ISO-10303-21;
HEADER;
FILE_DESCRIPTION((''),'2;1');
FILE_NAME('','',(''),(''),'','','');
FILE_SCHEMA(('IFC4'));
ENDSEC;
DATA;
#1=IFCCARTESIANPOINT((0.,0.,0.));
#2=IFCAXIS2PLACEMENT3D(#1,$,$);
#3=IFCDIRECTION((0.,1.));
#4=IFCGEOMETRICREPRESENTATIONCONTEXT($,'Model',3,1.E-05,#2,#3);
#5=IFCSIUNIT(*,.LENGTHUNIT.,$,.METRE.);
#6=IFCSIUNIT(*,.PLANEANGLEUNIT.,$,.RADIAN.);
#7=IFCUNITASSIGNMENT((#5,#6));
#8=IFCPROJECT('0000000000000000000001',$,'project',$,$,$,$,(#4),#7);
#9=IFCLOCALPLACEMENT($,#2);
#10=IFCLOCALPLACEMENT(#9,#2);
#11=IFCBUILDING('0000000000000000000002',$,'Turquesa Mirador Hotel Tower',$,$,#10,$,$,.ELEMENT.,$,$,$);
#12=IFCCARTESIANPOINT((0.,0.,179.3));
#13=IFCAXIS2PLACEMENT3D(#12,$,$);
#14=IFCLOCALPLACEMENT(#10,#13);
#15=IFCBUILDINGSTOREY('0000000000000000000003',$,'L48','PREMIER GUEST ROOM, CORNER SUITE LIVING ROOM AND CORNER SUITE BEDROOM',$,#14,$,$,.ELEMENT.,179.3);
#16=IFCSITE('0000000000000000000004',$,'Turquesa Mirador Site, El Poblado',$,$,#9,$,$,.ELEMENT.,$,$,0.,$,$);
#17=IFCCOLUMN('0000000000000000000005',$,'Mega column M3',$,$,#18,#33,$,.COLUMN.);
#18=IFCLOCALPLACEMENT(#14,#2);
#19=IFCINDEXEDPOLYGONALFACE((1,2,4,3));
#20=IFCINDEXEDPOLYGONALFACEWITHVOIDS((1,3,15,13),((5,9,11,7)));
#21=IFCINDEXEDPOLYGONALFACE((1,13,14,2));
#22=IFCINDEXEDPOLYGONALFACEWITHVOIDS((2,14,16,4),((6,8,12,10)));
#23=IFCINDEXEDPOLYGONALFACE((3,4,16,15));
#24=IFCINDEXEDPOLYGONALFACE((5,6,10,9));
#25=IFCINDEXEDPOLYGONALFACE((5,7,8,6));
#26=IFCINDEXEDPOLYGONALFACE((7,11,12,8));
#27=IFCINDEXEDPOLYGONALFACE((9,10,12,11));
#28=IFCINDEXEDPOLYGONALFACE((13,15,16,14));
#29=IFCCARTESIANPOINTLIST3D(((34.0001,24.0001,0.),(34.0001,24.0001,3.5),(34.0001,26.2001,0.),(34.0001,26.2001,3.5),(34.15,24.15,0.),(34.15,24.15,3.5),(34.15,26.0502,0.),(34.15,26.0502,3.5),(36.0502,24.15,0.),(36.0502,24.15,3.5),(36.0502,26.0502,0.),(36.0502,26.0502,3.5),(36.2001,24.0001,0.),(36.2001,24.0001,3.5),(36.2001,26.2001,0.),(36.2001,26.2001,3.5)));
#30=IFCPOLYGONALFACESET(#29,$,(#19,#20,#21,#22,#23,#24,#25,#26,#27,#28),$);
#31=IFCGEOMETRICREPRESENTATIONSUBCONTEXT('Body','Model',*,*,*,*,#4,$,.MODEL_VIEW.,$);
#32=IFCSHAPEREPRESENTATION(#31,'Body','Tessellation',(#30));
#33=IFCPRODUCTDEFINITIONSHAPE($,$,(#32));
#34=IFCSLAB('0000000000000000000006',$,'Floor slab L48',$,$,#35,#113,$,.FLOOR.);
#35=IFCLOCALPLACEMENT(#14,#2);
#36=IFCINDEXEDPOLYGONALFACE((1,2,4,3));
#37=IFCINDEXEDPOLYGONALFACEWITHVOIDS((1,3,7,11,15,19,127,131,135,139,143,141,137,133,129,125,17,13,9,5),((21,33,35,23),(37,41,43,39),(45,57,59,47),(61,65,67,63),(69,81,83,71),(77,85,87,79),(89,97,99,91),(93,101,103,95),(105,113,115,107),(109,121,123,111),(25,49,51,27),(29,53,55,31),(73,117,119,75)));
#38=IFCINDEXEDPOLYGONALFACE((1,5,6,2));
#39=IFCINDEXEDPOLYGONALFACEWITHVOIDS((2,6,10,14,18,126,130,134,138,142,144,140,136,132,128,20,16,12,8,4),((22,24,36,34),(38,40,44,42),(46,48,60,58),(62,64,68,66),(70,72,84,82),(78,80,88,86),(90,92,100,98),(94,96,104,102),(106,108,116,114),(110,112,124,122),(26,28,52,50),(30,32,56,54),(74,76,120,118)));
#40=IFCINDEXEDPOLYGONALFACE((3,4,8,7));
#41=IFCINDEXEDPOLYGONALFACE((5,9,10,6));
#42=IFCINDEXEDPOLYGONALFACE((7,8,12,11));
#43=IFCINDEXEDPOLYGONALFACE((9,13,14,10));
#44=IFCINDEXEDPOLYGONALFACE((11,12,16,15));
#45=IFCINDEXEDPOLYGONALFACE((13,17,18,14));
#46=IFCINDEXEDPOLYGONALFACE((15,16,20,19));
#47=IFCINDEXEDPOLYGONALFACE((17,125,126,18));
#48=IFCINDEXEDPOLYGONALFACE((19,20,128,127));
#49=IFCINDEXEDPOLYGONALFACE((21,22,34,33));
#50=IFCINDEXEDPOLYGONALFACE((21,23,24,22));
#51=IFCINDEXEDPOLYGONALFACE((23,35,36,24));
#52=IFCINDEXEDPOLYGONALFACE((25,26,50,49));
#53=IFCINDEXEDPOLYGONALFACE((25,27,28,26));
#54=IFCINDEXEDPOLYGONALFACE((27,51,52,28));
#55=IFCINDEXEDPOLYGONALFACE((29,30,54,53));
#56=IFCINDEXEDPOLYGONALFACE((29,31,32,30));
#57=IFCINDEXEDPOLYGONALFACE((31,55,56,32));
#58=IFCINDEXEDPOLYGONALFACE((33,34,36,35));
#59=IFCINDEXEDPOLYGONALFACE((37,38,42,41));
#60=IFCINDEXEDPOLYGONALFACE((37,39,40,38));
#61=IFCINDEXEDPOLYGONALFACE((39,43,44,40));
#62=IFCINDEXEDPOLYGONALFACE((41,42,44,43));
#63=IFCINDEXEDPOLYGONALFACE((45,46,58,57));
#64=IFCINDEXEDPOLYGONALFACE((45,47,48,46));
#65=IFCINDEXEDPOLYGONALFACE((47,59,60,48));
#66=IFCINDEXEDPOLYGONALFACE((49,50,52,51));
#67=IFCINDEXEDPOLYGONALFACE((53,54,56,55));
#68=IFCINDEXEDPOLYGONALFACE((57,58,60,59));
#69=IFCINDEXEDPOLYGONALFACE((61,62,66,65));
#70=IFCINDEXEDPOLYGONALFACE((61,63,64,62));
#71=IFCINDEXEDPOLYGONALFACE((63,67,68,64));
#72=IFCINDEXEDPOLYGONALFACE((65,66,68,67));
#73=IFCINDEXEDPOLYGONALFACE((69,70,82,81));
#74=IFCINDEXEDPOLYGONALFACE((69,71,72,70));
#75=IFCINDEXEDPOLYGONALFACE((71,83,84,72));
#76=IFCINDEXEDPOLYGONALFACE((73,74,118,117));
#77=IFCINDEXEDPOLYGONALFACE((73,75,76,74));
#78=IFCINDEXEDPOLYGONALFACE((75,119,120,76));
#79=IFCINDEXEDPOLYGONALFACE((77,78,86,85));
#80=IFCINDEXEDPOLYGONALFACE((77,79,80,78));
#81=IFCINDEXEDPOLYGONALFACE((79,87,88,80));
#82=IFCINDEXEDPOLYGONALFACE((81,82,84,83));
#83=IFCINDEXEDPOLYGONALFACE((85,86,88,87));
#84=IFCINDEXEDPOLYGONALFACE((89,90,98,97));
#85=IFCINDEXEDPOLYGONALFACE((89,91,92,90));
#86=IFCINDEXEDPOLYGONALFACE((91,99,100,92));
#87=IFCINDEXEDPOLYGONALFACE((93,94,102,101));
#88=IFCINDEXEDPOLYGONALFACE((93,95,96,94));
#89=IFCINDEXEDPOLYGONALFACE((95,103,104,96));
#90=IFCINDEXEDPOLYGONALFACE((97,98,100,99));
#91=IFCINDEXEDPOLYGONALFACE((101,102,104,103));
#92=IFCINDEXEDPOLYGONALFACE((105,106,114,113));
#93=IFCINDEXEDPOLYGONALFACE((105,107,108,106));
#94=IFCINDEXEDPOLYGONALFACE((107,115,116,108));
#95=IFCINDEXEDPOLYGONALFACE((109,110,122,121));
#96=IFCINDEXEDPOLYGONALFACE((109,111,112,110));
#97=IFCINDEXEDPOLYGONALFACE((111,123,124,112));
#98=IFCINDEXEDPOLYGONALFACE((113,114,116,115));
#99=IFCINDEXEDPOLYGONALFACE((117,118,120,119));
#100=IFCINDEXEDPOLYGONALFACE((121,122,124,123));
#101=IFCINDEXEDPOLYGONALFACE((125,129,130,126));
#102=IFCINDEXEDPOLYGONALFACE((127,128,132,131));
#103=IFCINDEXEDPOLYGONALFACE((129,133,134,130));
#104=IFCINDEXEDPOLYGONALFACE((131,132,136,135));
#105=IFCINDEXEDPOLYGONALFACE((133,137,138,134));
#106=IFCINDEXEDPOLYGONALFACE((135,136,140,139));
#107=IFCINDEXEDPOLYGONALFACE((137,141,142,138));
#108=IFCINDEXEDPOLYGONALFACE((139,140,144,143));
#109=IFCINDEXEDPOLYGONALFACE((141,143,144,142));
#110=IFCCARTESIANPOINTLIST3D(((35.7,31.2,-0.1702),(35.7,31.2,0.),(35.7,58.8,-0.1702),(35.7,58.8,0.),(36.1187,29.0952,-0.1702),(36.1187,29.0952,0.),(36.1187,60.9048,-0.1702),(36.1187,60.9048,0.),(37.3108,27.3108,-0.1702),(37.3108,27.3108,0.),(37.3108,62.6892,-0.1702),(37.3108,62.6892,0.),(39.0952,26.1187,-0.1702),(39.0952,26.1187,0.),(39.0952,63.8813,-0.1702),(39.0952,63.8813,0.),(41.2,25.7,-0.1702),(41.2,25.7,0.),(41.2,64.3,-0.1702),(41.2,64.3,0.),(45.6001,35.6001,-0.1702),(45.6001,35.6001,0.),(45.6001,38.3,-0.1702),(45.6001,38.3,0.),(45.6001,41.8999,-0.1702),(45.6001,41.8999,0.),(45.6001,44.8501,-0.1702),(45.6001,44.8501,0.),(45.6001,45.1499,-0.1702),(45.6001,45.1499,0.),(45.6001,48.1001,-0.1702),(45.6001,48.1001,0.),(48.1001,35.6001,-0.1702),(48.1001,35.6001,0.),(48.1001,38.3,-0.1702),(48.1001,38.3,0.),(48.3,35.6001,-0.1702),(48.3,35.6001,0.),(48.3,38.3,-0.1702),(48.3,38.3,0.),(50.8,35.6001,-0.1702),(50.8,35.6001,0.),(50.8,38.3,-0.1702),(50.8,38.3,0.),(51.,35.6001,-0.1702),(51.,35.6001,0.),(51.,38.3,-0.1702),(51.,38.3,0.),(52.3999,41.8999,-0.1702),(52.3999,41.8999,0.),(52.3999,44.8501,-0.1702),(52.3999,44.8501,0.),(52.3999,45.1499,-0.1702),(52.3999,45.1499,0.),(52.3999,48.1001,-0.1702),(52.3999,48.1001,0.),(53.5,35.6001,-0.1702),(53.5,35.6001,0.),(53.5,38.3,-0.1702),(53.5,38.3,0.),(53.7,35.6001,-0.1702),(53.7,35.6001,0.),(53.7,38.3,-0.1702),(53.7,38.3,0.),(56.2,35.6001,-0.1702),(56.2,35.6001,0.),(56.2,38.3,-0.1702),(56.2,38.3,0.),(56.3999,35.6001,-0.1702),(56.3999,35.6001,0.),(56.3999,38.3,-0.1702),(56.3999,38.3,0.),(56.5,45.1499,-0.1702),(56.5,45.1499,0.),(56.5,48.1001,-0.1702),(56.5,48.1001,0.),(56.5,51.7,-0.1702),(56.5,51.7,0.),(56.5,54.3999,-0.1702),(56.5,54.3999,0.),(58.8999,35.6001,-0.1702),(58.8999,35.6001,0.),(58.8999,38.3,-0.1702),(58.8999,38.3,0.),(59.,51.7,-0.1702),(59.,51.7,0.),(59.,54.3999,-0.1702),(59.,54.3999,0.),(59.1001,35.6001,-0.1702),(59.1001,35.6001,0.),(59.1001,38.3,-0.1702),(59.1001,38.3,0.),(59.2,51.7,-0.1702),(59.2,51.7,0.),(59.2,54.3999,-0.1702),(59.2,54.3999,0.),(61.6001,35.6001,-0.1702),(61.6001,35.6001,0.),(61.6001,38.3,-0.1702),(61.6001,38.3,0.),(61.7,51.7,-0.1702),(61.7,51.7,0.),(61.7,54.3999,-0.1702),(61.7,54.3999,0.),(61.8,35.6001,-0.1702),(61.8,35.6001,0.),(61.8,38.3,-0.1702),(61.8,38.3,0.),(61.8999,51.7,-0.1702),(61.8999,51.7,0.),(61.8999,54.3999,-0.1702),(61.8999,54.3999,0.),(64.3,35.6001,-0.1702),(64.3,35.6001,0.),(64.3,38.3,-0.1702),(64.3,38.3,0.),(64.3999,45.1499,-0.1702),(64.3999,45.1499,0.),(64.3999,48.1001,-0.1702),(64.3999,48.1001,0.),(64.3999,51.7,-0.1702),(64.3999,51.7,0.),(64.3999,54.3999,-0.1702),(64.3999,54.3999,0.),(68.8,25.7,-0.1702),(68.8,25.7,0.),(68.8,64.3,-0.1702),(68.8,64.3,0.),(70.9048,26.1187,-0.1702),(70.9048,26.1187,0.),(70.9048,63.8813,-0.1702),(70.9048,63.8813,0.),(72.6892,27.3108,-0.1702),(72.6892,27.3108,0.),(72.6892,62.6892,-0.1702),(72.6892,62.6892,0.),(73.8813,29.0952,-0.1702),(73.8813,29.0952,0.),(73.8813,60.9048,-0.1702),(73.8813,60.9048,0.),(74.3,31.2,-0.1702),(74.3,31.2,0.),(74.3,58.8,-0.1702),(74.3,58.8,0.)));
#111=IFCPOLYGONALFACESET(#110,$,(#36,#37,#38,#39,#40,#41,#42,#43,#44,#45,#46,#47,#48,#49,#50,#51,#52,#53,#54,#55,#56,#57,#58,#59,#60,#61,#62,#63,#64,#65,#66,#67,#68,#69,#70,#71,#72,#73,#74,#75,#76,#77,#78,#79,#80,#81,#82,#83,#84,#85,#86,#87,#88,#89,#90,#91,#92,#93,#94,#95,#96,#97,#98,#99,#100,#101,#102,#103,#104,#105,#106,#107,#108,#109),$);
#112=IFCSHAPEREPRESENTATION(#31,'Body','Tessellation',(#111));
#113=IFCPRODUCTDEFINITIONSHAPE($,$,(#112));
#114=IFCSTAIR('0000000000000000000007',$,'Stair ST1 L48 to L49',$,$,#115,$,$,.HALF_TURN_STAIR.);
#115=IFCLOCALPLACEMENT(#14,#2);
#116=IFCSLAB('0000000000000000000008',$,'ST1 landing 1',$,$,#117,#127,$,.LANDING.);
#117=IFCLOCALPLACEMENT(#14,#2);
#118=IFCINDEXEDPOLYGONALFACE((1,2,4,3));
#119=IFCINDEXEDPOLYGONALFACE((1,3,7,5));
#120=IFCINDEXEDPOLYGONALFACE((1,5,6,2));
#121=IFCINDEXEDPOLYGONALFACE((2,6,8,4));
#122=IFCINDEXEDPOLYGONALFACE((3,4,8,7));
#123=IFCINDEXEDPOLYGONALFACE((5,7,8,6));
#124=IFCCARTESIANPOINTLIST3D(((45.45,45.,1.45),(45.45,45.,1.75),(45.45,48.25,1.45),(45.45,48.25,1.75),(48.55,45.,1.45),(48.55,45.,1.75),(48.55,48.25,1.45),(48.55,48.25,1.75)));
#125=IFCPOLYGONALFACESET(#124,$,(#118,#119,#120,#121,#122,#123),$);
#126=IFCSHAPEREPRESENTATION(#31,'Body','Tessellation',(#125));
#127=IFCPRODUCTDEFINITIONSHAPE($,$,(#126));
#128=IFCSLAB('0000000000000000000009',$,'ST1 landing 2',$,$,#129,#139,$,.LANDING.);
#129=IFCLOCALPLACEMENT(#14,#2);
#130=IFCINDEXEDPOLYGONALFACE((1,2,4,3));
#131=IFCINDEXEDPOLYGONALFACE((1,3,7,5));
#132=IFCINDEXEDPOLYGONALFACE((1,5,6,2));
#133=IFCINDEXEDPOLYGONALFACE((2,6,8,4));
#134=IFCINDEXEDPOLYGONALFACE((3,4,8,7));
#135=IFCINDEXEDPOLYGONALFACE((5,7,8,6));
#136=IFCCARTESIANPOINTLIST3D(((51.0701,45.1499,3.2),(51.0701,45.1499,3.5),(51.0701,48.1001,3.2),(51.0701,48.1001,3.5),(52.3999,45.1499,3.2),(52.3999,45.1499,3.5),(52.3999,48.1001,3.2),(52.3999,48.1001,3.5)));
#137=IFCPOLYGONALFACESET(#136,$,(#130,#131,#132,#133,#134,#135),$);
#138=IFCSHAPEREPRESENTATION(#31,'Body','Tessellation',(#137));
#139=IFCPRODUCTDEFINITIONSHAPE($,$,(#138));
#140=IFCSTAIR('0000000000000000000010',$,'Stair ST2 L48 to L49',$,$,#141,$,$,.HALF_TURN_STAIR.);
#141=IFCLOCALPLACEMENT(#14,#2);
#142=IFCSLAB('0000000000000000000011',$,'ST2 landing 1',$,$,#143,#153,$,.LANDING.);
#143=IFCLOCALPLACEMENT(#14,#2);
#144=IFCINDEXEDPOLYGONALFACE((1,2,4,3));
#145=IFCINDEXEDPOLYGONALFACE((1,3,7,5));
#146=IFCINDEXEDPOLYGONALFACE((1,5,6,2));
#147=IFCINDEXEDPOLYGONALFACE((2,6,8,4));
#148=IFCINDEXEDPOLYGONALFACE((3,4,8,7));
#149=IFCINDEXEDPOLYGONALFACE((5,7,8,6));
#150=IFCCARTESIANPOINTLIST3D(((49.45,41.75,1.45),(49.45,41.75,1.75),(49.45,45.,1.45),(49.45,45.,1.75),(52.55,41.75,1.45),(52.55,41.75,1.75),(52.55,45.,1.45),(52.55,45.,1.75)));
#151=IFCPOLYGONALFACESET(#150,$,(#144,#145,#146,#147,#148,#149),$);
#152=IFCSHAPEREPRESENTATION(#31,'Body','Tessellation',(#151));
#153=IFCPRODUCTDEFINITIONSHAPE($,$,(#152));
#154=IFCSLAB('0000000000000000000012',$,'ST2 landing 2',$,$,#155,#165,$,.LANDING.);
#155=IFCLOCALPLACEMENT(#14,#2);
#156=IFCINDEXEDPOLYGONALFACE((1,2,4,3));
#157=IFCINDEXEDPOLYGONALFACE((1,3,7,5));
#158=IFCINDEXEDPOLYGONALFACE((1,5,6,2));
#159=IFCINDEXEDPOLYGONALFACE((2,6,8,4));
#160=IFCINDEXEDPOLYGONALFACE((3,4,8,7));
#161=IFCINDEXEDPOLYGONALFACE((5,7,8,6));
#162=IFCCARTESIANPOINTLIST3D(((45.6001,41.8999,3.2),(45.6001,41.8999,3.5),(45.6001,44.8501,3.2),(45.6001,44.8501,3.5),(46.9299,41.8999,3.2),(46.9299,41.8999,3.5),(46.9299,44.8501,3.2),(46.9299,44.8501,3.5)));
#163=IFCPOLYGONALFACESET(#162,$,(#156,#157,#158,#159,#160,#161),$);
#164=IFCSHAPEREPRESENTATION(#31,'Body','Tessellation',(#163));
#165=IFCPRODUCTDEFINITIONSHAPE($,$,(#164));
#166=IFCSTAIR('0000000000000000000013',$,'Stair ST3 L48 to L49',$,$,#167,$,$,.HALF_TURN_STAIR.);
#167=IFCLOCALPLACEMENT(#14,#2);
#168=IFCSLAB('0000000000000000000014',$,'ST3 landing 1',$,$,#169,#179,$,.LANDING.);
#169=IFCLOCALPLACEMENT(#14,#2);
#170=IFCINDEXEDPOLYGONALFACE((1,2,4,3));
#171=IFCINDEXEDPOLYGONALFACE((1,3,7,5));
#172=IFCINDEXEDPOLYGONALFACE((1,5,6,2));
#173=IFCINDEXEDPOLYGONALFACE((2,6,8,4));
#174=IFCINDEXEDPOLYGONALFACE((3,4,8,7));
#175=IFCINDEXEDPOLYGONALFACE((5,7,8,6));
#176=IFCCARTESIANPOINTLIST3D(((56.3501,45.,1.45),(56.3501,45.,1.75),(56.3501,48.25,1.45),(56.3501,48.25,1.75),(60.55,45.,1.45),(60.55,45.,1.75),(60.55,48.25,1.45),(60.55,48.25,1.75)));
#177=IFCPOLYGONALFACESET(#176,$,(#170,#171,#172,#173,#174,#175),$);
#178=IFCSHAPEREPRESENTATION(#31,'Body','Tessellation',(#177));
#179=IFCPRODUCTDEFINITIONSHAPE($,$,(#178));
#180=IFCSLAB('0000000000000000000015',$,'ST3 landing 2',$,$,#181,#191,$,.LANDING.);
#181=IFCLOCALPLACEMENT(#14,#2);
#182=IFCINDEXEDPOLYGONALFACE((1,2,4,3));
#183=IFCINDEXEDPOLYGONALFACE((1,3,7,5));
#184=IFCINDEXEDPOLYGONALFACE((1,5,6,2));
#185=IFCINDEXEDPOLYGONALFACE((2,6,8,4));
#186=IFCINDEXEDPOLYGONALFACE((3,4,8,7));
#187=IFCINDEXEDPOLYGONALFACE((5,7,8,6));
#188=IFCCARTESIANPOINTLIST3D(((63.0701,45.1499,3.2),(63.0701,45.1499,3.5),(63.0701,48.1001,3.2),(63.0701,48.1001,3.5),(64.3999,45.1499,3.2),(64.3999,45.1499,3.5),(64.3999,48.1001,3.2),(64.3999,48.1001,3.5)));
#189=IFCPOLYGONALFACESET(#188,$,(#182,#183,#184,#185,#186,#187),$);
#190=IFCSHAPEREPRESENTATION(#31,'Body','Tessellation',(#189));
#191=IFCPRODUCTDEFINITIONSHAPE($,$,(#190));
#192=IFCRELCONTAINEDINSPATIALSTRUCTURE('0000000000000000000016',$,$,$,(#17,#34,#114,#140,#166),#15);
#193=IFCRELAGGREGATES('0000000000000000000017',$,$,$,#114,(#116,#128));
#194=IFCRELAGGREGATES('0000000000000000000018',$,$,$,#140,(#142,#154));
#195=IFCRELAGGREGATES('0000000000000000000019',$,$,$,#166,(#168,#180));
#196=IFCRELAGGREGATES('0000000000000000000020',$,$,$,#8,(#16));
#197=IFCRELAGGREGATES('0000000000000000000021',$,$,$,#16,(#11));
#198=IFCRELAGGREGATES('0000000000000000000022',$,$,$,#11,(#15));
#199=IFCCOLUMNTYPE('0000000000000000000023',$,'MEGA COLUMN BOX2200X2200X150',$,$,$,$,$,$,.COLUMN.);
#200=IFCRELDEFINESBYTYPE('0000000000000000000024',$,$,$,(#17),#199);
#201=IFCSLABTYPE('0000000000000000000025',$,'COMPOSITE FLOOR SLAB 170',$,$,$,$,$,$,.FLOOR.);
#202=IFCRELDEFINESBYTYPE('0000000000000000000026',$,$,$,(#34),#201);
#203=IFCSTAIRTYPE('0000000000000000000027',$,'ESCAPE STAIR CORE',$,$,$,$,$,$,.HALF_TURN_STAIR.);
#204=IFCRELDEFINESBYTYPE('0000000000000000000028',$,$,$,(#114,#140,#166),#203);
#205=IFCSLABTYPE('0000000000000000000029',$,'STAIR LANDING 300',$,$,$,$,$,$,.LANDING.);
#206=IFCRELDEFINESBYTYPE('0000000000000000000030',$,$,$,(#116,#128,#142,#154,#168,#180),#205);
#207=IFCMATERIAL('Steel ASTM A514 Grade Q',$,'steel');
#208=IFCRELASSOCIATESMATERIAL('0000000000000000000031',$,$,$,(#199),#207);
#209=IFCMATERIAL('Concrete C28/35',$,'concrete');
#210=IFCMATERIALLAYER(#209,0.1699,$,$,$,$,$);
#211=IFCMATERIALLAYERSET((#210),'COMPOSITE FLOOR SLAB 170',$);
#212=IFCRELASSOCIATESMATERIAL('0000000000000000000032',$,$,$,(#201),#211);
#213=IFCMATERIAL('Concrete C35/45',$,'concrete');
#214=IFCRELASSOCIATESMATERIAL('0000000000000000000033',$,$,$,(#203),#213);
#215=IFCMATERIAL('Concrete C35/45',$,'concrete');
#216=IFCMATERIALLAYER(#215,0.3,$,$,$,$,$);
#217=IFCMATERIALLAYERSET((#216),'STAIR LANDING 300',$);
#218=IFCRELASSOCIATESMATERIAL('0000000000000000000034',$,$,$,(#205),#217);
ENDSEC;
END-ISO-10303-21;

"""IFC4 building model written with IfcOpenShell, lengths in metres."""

from ifc_helpers import new_model, si_unit, direction, frame, origin, origin_2d, place, context, subcontext, project, spatial, polyline, hollow_rectangle, outline, extrude, material, layer, layer_set, material_profile, profile_set, type_object, element, aggregate, save


model = new_model("IFC4")

# Units and contexts
model_context = context("Model", 3, precision=1e-05, world=origin(), true_north=direction((0.0, 1.0)))
body_context = subcontext(model_context, "Body", "Model", "MODEL_VIEW")
ifc_project = project(units=[si_unit("LENGTHUNIT", "METRE"), si_unit("PLANEANGLEUNIT", "RADIAN")], contexts=[model_context])

# Site, building, storey
site_placement = place(None, origin())
site = spatial("IfcSite", under=ifc_project, at=site_placement, Name="Turquesa Mirador Site, El Poblado", CompositionType="ELEMENT", RefElevation=0.0)
building_placement = place(site_placement, origin())
building = spatial("IfcBuilding", under=site, at=building_placement, Name="Turquesa Mirador Hotel Tower", CompositionType="ELEMENT")
storey_placement = place(building_placement, frame((0.0, 0.0, 179.3)))
storey = spatial("IfcBuildingStorey", under=building, at=storey_placement, Name="L48", Description="PREMIER GUEST ROOM, CORNER SUITE LIVING ROOM AND CORNER SUITE BEDROOM", CompositionType="ELEMENT", Elevation=179.3)

# Column
ifc_material_1 = material(Name="Steel ASTM A514 Grade Q", Category="steel")
ifc_material_profile = material_profile(ifc_material_1, hollow_rectangle(XDim=2.2, YDim=2.2, WallThickness=0.1499, at=origin_2d()), Name="BOX2200X2200X150")
ifc_profile_set = profile_set([ifc_material_profile], Name="Steel ASTM A514 Grade Q")
column_type = type_object("IfcColumnType", Name="MEGA COLUMN BOX2200X2200X150", PredefinedType="COLUMN", material=ifc_profile_set)
column_placement = place(storey_placement, frame((35.1001, 25.1001, 0.0), z_axis=(0.0, 0.0, 1.0), x_axis=(1.0, 0.0, 0.0)))
element("IfcColumn", 1, at=column_placement, inside=storey, type_object=column_type, Name="Mega column M3", PredefinedType="COLUMN", context=body_context, shape_type="SweptSolid", body=[
    extrude(hollow_rectangle(XDim=2.2, YDim=2.2, WallThickness=0.1499, at=origin_2d()), origin(), (0.0, 0.0, 1.0), 3.5),
])

# Slab
ifc_material_2 = material(Name="Concrete C28/35", Category="concrete")
ifc_layer_1 = layer(ifc_material_2, 0.1699)
ifc_layer_set_1 = layer_set([ifc_layer_1], Name="COMPOSITE FLOOR SLAB 170")
slab_type_1 = type_object("IfcSlabType", Name="COMPOSITE FLOOR SLAB 170", PredefinedType="FLOOR", material=ifc_layer_set_1)
slab_1_placement = place(storey_placement, frame((0.0, 0.0, -0.1702)))
element("IfcSlab", 2, at=slab_1_placement, inside=storey, type_object=slab_type_1, Name="Floor slab L48", PredefinedType="FLOOR", context=body_context, shape_type="SweptSolid", body=[
    extrude(outline(polyline([(68.8, 25.7), (70.9048, 26.1187), (72.6892, 27.3108), (73.8813, 29.0952), (74.3, 31.2), (74.3, 58.8), (73.8813, 60.9048), (72.6892, 62.6892), (70.9048, 63.8813), (68.8, 64.3), (41.2, 64.3), (39.0952, 63.8813), (37.3108, 62.6892), (36.1187, 60.9048), (35.7, 58.8), (35.7, 31.2), (36.1187, 29.0952), (37.3108, 27.3108), (39.0952, 26.1187), (41.2, 25.7), (68.8, 25.7)]), holes=[polyline([(56.5, 51.7), (59.0, 51.7), (59.0, 54.3999), (56.5, 54.3999), (56.5, 51.7)]), polyline([(59.2, 51.7), (61.7, 51.7), (61.7, 54.3999), (59.2, 54.3999), (59.2, 51.7)]), polyline([(45.6001, 35.6001), (48.1001, 35.6001), (48.1001, 38.3), (45.6001, 38.3), (45.6001, 35.6001)]), polyline([(48.3, 35.6001), (50.8, 35.6001), (50.8, 38.3), (48.3, 38.3), (48.3, 35.6001)]), polyline([(51.0, 35.6001), (53.5, 35.6001), (53.5, 38.3), (51.0, 38.3), (51.0, 35.6001)]), polyline([(53.7, 35.6001), (56.2, 35.6001), (56.2, 38.3), (53.7, 38.3), (53.7, 35.6001)]), polyline([(56.3999, 35.6001), (58.8999, 35.6001), (58.8999, 38.3), (56.3999, 38.3), (56.3999, 35.6001)]), polyline([(59.1001, 35.6001), (61.6001, 35.6001), (61.6001, 38.3), (59.1001, 38.3), (59.1001, 35.6001)]), polyline([(61.8, 35.6001), (64.3, 35.6001), (64.3, 38.3), (61.8, 38.3), (61.8, 35.6001)]), polyline([(45.6001, 45.1499), (52.3999, 45.1499), (52.3999, 48.1001), (45.6001, 48.1001), (45.6001, 45.1499)]), polyline([(45.6001, 41.8999), (52.3999, 41.8999), (52.3999, 44.8501), (45.6001, 44.8501), (45.6001, 41.8999)]), polyline([(56.5, 45.1499), (64.3999, 45.1499), (64.3999, 48.1001), (56.5, 48.1001), (56.5, 45.1499)]), polyline([(61.8999, 51.7), (64.3999, 51.7), (64.3999, 54.3999), (61.8999, 54.3999), (61.8999, 51.7)])]), origin(), (0.0, 0.0, 1.0), 0.1702),
])

# Stairs, slabs
ifc_material_3 = material(Name="Concrete C35/45", Category="concrete")
stair_type = type_object("IfcStairType", Name="ESCAPE STAIR CORE", PredefinedType="HALF_TURN_STAIR", material=ifc_material_3)
stair_1_placement = place(storey_placement, origin())
stair_1 = element("IfcStair", 3, at=stair_1_placement, inside=storey, type_object=stair_type, Name="Stair ST1 L48 to L49", PredefinedType="HALF_TURN_STAIR")
ifc_material_4 = material(Name="Concrete C35/45", Category="concrete")
ifc_layer_2 = layer(ifc_material_4, 0.3)
ifc_layer_set_2 = layer_set([ifc_layer_2], Name="STAIR LANDING 300")
slab_type_2 = type_object("IfcSlabType", Name="STAIR LANDING 300", PredefinedType="LANDING", material=ifc_layer_set_2)
slab_2_placement = place(storey_placement, frame((0.0, 0.0, 1.45)))
slab_2 = element("IfcSlab", 4, at=slab_2_placement, type_object=slab_type_2, Name="ST1 landing 1", PredefinedType="LANDING", context=body_context, shape_type="SweptSolid", body=[
    extrude(outline(polyline([(45.45, 45.0), (48.55, 45.0), (48.55, 48.25), (45.45, 48.25), (45.45, 45.0)])), origin(), (0.0, 0.0, 1.0), 0.3),
])
slab_3_placement = place(storey_placement, frame((0.0, 0.0, 3.2)))
slab_3 = element("IfcSlab", 5, at=slab_3_placement, type_object=slab_type_2, Name="ST1 landing 2", PredefinedType="LANDING", context=body_context, shape_type="SweptSolid", body=[
    extrude(outline(polyline([(51.0701, 45.1499), (52.3999, 45.1499), (52.3999, 48.1001), (51.0701, 48.1001), (51.0701, 45.1499)])), origin(), (0.0, 0.0, 1.0), 0.3),
])
aggregate(stair_1, [slab_2, slab_3])
stair_2_placement = place(storey_placement, origin())
stair_2 = element("IfcStair", 6, at=stair_2_placement, inside=storey, type_object=stair_type, Name="Stair ST2 L48 to L49", PredefinedType="HALF_TURN_STAIR")
slab_4_placement = place(storey_placement, frame((0.0, 0.0, 1.45)))
slab_4 = element("IfcSlab", 7, at=slab_4_placement, type_object=slab_type_2, Name="ST2 landing 1", PredefinedType="LANDING", context=body_context, shape_type="SweptSolid", body=[
    extrude(outline(polyline([(52.55, 45.0), (49.45, 45.0), (49.45, 41.75), (52.55, 41.75), (52.55, 45.0)])), origin(), (0.0, 0.0, 1.0), 0.3),
])
slab_5_placement = place(storey_placement, frame((0.0, 0.0, 3.2)))
slab_5 = element("IfcSlab", 8, at=slab_5_placement, type_object=slab_type_2, Name="ST2 landing 2", PredefinedType="LANDING", context=body_context, shape_type="SweptSolid", body=[
    extrude(outline(polyline([(46.9299, 44.8501), (45.6001, 44.8501), (45.6001, 41.8999), (46.9299, 41.8999), (46.9299, 44.8501)])), origin(), (0.0, 0.0, 1.0), 0.3),
])
aggregate(stair_2, [slab_4, slab_5])
stair_3_placement = place(storey_placement, origin())
stair_3 = element("IfcStair", 9, at=stair_3_placement, inside=storey, type_object=stair_type, Name="Stair ST3 L48 to L49", PredefinedType="HALF_TURN_STAIR")
slab_6_placement = place(storey_placement, frame((0.0, 0.0, 1.45)))
slab_6 = element("IfcSlab", 10, at=slab_6_placement, type_object=slab_type_2, Name="ST3 landing 1", PredefinedType="LANDING", context=body_context, shape_type="SweptSolid", body=[
    extrude(outline(polyline([(56.3501, 45.0), (60.55, 45.0), (60.55, 48.25), (56.3501, 48.25), (56.3501, 45.0)])), origin(), (0.0, 0.0, 1.0), 0.3),
])
slab_7_placement = place(storey_placement, frame((0.0, 0.0, 3.2)))
slab_7 = element("IfcSlab", 11, at=slab_7_placement, type_object=slab_type_2, Name="ST3 landing 2", PredefinedType="LANDING", context=body_context, shape_type="SweptSolid", body=[
    extrude(outline(polyline([(63.0701, 45.1499), (64.3999, 45.1499), (64.3999, 48.1001), (63.0701, 48.1001), (63.0701, 45.1499)])), origin(), (0.0, 0.0, 1.0), 0.3),
])
aggregate(stair_3, [slab_6, slab_7])

save(model, "model.ifc")
